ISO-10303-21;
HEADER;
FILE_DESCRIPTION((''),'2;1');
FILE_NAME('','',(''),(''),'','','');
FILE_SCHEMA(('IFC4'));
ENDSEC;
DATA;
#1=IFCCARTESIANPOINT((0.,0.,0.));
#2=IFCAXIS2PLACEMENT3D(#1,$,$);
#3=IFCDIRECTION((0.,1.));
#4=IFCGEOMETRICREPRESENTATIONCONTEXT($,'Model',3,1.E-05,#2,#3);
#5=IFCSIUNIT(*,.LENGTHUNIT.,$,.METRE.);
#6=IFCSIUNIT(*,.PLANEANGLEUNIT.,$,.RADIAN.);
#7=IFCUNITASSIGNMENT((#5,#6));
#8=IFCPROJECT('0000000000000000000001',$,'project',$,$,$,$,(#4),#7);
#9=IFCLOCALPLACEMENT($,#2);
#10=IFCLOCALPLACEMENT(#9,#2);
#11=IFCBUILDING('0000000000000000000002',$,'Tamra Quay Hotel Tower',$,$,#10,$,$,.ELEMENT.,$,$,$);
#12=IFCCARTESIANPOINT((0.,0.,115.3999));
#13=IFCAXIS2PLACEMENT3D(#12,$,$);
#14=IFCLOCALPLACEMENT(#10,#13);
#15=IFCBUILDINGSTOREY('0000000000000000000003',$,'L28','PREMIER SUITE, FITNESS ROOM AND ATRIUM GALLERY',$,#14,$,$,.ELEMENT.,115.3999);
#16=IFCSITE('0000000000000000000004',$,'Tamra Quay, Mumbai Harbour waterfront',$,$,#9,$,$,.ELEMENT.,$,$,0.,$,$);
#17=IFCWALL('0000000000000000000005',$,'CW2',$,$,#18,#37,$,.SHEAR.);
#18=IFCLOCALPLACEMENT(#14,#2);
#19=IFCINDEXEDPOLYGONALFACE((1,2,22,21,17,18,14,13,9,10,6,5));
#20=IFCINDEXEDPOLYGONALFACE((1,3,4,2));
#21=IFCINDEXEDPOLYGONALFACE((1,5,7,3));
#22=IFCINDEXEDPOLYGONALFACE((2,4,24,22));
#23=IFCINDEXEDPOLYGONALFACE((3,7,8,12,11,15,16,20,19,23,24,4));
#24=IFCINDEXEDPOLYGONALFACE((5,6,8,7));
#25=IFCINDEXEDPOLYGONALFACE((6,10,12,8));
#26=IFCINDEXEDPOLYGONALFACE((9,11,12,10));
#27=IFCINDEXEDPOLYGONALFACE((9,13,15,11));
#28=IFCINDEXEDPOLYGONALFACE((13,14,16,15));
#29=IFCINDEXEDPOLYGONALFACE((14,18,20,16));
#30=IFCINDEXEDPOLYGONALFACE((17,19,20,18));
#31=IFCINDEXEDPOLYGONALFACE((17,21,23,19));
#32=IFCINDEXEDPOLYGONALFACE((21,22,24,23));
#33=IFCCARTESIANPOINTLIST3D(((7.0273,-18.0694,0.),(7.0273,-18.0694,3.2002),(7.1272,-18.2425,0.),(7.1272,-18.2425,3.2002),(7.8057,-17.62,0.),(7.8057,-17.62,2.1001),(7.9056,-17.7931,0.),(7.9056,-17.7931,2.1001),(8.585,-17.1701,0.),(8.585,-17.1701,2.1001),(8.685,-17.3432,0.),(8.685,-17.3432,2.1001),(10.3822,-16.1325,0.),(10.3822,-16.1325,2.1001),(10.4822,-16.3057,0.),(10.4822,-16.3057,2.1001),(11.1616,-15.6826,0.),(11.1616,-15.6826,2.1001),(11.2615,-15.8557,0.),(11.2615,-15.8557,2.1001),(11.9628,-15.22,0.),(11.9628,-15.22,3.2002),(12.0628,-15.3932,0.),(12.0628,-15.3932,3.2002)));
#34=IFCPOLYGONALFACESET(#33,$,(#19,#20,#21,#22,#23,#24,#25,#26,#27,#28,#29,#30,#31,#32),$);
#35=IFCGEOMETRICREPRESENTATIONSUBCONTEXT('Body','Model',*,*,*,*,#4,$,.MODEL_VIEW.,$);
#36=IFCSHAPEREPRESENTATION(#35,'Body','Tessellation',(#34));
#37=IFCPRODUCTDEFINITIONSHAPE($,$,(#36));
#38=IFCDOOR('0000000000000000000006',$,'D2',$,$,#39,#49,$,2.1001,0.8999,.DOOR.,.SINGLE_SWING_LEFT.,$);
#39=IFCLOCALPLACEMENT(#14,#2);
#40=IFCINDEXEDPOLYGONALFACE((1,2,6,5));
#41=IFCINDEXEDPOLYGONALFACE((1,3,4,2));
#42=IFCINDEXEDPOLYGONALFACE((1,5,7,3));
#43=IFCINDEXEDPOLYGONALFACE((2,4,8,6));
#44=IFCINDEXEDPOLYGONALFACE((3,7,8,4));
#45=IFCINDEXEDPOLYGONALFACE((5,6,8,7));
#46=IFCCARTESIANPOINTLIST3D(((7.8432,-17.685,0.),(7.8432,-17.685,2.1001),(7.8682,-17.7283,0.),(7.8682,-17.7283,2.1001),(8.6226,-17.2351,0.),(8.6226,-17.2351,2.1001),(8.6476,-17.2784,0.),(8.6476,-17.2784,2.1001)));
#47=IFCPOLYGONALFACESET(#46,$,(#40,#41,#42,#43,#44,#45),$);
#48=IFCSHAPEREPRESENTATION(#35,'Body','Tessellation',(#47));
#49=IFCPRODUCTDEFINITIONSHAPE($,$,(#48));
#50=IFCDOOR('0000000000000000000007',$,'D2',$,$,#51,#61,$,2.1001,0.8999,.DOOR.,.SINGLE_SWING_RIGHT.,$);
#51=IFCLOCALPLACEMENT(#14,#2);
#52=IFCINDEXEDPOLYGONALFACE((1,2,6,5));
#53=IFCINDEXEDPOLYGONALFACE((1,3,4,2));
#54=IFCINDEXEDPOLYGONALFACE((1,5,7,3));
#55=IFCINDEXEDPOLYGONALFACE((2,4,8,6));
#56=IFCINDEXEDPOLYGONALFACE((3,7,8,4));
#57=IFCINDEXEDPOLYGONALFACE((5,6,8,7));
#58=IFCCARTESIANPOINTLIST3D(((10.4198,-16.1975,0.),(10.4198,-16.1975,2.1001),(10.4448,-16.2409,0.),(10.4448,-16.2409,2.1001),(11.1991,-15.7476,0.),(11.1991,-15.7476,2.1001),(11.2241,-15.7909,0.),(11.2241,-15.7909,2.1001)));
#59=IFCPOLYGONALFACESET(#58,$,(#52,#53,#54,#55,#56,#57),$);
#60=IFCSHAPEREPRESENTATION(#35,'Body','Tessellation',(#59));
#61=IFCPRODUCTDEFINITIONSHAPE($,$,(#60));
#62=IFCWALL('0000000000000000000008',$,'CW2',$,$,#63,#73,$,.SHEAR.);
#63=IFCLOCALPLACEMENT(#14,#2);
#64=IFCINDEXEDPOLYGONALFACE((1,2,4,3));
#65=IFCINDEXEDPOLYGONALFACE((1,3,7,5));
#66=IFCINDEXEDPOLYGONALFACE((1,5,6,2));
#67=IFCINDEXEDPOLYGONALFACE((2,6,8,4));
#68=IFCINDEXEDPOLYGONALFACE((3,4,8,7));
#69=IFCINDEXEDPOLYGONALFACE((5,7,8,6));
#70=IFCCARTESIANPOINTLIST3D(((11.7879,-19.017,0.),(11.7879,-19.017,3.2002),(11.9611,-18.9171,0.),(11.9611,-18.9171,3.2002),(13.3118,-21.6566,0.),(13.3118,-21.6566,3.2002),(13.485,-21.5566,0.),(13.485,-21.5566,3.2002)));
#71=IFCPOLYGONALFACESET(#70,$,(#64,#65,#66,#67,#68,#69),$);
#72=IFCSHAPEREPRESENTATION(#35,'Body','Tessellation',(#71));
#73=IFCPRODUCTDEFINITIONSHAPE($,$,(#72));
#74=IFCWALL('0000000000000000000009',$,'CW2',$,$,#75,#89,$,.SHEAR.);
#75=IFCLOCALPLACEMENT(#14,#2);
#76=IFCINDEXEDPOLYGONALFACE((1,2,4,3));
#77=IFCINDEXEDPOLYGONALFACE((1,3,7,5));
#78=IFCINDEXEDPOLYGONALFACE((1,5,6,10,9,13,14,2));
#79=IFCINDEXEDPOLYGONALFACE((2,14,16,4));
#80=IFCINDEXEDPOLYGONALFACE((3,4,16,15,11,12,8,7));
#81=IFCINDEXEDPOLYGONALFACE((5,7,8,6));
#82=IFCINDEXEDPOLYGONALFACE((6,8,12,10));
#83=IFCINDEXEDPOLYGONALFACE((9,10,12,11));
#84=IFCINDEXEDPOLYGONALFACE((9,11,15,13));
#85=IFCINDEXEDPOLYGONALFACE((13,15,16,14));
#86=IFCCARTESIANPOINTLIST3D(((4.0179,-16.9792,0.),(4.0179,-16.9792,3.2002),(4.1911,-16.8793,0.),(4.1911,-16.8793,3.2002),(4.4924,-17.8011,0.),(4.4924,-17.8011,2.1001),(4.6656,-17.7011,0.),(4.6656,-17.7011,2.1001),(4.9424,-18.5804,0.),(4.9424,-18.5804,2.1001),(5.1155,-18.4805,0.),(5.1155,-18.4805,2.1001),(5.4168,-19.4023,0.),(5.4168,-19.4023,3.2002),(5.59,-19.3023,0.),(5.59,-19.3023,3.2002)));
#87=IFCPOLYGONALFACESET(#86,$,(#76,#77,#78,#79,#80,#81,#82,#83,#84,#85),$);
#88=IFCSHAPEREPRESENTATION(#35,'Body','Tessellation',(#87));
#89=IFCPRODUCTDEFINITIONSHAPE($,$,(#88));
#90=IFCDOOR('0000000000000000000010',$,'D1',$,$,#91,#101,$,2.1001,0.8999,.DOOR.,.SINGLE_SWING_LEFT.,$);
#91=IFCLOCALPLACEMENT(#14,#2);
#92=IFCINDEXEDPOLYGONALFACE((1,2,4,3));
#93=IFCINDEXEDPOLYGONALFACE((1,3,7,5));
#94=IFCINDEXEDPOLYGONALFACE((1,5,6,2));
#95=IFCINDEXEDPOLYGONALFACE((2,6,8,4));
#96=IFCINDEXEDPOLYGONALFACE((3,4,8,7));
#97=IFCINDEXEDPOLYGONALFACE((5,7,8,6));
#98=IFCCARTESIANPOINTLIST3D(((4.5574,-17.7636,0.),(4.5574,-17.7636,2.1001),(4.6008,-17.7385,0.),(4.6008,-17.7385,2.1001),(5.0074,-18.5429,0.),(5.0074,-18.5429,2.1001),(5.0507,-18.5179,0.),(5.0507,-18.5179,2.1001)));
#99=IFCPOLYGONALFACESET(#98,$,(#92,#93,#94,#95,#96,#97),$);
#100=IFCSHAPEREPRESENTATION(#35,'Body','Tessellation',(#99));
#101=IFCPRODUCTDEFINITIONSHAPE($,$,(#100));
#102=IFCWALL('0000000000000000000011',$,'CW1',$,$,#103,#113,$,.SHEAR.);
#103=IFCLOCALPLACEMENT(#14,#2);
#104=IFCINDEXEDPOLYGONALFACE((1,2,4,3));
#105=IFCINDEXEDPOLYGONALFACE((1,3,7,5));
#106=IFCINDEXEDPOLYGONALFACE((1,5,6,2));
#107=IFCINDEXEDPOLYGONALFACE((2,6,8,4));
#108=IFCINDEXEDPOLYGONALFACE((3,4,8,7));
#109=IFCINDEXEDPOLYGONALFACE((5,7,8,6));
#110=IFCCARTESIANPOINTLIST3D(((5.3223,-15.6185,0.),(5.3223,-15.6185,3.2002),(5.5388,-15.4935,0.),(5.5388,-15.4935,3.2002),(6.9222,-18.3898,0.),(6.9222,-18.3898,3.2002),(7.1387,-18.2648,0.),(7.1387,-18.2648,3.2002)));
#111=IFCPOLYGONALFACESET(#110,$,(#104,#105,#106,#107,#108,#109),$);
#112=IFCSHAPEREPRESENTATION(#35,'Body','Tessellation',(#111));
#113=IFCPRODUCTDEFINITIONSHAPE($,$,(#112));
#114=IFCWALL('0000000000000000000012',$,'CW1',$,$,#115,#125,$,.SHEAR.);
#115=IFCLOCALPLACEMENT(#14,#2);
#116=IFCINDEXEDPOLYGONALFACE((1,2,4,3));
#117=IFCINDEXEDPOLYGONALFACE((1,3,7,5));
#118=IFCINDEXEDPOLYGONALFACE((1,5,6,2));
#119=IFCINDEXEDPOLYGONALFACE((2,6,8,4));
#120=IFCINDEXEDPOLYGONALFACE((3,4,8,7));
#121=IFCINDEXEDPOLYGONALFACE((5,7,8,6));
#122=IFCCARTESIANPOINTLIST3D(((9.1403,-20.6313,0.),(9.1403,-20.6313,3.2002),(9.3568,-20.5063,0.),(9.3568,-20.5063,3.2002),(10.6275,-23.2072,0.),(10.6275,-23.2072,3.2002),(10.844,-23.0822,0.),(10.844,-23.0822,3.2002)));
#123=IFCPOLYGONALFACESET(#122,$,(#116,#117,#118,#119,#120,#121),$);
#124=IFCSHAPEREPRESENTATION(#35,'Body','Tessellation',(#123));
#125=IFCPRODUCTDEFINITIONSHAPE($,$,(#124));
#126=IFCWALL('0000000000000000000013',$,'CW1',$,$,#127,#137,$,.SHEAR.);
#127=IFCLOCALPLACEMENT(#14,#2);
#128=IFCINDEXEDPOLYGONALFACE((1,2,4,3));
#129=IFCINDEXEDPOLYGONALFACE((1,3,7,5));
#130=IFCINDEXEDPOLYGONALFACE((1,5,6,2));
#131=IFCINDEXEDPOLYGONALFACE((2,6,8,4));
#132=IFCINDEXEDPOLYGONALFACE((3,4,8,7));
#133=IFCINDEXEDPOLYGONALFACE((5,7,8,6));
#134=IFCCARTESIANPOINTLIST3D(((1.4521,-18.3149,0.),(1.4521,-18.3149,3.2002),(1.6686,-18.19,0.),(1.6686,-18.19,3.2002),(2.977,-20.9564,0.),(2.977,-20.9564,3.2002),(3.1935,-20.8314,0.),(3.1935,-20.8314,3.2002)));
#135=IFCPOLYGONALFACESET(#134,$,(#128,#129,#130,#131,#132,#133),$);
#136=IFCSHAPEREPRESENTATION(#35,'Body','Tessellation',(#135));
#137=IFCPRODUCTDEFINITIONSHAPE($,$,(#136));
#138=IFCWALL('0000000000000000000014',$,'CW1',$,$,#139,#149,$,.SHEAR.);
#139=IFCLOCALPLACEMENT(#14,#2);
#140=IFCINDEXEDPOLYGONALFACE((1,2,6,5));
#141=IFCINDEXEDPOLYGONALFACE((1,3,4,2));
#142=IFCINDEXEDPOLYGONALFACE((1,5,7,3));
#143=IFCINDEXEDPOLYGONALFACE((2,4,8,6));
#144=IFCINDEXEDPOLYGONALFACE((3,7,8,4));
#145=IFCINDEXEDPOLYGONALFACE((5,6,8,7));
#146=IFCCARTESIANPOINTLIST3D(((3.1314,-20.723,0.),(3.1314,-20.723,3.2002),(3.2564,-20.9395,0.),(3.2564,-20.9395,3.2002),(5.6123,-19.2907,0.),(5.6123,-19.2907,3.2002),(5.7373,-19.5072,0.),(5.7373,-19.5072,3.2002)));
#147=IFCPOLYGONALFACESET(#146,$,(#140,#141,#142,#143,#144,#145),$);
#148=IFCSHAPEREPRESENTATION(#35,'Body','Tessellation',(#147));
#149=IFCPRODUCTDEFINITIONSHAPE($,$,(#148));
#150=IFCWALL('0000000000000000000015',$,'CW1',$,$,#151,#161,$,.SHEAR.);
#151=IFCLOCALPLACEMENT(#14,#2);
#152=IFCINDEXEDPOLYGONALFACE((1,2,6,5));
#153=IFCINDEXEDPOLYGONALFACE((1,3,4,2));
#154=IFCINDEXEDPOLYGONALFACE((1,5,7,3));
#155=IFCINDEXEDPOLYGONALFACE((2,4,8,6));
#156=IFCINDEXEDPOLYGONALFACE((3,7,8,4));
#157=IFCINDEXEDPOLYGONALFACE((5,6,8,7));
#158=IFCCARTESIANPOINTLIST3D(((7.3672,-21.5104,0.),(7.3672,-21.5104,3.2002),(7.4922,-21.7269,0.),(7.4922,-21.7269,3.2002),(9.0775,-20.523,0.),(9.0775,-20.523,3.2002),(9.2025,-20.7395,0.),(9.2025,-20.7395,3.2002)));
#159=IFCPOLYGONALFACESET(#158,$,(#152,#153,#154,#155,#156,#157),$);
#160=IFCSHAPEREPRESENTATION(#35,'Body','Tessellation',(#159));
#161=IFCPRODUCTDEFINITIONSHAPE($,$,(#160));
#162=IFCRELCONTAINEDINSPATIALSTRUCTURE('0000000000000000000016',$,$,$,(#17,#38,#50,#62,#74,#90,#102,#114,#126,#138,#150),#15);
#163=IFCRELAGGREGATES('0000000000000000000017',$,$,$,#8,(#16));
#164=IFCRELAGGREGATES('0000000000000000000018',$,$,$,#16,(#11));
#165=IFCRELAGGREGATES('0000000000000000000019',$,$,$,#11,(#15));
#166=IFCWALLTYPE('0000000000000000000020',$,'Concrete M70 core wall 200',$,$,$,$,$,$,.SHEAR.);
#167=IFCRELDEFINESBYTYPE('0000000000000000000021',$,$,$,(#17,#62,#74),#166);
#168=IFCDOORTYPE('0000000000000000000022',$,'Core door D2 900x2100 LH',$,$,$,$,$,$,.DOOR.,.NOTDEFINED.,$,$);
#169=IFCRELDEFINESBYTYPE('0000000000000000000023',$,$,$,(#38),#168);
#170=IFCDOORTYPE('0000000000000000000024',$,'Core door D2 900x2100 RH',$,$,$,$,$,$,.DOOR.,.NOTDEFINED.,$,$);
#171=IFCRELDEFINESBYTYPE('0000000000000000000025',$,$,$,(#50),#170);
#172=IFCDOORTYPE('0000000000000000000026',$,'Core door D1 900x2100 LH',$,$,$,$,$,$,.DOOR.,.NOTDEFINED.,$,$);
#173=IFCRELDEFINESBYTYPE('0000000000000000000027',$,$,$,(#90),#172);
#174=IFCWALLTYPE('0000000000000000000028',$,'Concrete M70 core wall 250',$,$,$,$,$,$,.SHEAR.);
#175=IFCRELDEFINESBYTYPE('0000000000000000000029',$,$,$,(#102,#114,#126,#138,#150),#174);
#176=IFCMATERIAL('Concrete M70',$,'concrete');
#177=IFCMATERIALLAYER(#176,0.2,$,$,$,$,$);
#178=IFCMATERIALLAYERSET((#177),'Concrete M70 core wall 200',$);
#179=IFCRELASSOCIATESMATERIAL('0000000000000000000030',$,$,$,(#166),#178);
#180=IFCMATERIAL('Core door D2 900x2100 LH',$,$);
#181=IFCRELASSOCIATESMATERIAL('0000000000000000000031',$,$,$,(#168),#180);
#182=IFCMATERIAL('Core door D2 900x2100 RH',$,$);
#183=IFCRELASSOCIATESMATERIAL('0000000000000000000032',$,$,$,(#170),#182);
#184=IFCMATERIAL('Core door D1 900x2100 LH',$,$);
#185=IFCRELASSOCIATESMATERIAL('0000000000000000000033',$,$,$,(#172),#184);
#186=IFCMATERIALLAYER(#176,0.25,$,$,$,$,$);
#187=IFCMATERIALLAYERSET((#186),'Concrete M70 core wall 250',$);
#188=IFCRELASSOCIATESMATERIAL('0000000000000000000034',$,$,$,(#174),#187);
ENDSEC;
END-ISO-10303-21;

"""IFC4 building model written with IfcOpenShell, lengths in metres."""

from ifc_helpers import new_model, si_unit, direction, frame, frame_2d, origin, place, context, subcontext, project, spatial, rectangle, extrude, material, layer, layer_set, type_object, element, fill, save


model = new_model("IFC4")

# Units and contexts
model_context = context("Model", 3, precision=1e-05, world=origin(), true_north=direction((0.0, 1.0)))
body_context = subcontext(model_context, "Body", "Model", "MODEL_VIEW")
ifc_project = project(units=[si_unit("LENGTHUNIT", "METRE"), si_unit("PLANEANGLEUNIT", "RADIAN")], contexts=[model_context])

# Site, building, storey
site_placement = place(None, origin())
site = spatial("IfcSite", under=ifc_project, at=site_placement, Name="Tamra Quay, Mumbai Harbour waterfront", CompositionType="ELEMENT", RefElevation=0.0)
building_placement = place(site_placement, origin())
building = spatial("IfcBuilding", under=site, at=building_placement, Name="Tamra Quay Hotel Tower", CompositionType="ELEMENT")
storey_placement = place(building_placement, frame((0.0, 0.0, 115.3999)))
storey = spatial("IfcBuildingStorey", under=building, at=storey_placement, Name="L28", Description="PREMIER SUITE, FITNESS ROOM AND ATRIUM GALLERY", CompositionType="ELEMENT", Elevation=115.3999)

# Shared definitions
ifc_material_1 = material(Name="Concrete M70", Category="concrete")

# Wall, openings, doors
ifc_layer_1 = layer(ifc_material_1, 0.2)
ifc_layer_set_1 = layer_set([ifc_layer_1], Name="Concrete M70 core wall 200")
wall_type_1 = type_object("IfcWallType", Name="Concrete M70 core wall 200", PredefinedType="SHEAR", material=ifc_layer_set_1)
wall_1_placement = place(storey_placement, frame((7.0771, -18.156, 0.0), z_axis=(0.0, 0.0, 1.0), x_axis=(0.866039, 0.499977, 0.0)))
wall_1 = element("IfcWall", 1, at=wall_1_placement, inside=storey, type_object=wall_type_1, Name="CW2", PredefinedType="SHEAR", context=body_context, shape_type="SweptSolid", body=[
    extrude(rectangle(XDim=5.699, YDim=0.2, at=frame_2d((2.8496, 0.0))), origin(), (0.0, 0.0, 1.0), 3.2002),
])
opening_1_placement = place(wall_1_placement, frame((0.8989, 0.0, 0.0)))
opening_1 = element("IfcOpeningElement", 2, at=opening_1_placement, cuts=wall_1, PredefinedType="OPENING", context=body_context, shape_type="SweptSolid", body=[
    extrude(rectangle(XDim=0.8999, YDim=2.1001, at=frame_2d((0.45, 1.05))), frame((0.0, 0.1099, 0.0), z_axis=(0.0, -1.0, 0.0), x_axis=(1.0, 0.0, 0.0)), (0.0, 0.0, 1.0), 0.22),
])
opening_2_placement = place(wall_1_placement, frame((3.874, 0.0, 0.0)))
opening_2 = element("IfcOpeningElement", 3, at=opening_2_placement, cuts=wall_1, PredefinedType="OPENING", context=body_context, shape_type="SweptSolid", body=[
    extrude(rectangle(XDim=0.8999, YDim=2.1001, at=frame_2d((0.45, 1.05))), frame((0.0, 0.1099, 0.0), z_axis=(0.0, -1.0, 0.0), x_axis=(1.0, 0.0, 0.0)), (0.0, 0.0, 1.0), 0.22),
])
ifc_material_2 = material(Name="Core door D2 900x2100 LH")
door_type_1 = type_object("IfcDoorType", Name="Core door D2 900x2100 LH", OperationType="NOTDEFINED", PredefinedType="DOOR", material=ifc_material_2)
door_1_placement = place(opening_1_placement, origin())
door_1 = element("IfcDoor", 4, at=door_1_placement, inside=storey, type_object=door_type_1, Name="D2", OperationType="SINGLE_SWING_LEFT", OverallHeight=2.1001, OverallWidth=0.8999, PredefinedType="DOOR", context=body_context, shape_type="SweptSolid", body=[
    extrude(rectangle(XDim=0.8999, YDim=2.1001, at=frame_2d((0.45, 1.05))), frame((0.0, 0.0249, 0.0), z_axis=(0.0, -1.0, 0.0), x_axis=(1.0, 0.0, 0.0)), (0.0, 0.0, 1.0), 0.05),
])
fill(opening_1, door_1)
ifc_material_3 = material(Name="Core door D2 900x2100 RH")
door_type_2 = type_object("IfcDoorType", Name="Core door D2 900x2100 RH", OperationType="NOTDEFINED", PredefinedType="DOOR", material=ifc_material_3)
door_2_placement = place(opening_2_placement, origin())
door_2 = element("IfcDoor", 5, at=door_2_placement, inside=storey, type_object=door_type_2, Name="D2", OperationType="SINGLE_SWING_RIGHT", OverallHeight=2.1001, OverallWidth=0.8999, PredefinedType="DOOR", context=body_context, shape_type="SweptSolid", body=[
    extrude(rectangle(XDim=0.8999, YDim=2.1001, at=frame_2d((0.45, 1.05))), frame((0.0, 0.0249, 0.0), z_axis=(0.0, -1.0, 0.0), x_axis=(1.0, 0.0, 0.0)), (0.0, 0.0, 1.0), 0.05),
])
fill(opening_2, door_2)

# Wall
wall_2_placement = place(storey_placement, frame((11.8745, -18.967, 0.0), z_axis=(0.0, 0.0, 1.0), x_axis=(0.499981, -0.866036, 0.0)))
element("IfcWall", 6, at=wall_2_placement, inside=storey, type_object=wall_type_1, Name="CW2", PredefinedType="SHEAR", context=body_context, shape_type="SweptSolid", body=[
    extrude(rectangle(XDim=3.0479, YDim=0.2, at=frame_2d((1.5239, 0.0))), origin(), (0.0, 0.0, 1.0), 3.2002),
])

# Wall, opening, door
wall_3_placement = place(storey_placement, frame((5.5034, -19.3523, 0.0), z_axis=(0.0, 0.0, 1.0), x_axis=(-0.499987, 0.866033, 0.0)))
wall_3 = element("IfcWall", 7, at=wall_3_placement, inside=storey, type_object=wall_type_1, Name="CW2", PredefinedType="SHEAR", context=body_context, shape_type="SweptSolid", body=[
    extrude(rectangle(XDim=2.7979, YDim=0.2, at=frame_2d((1.3989, 0.0))), origin(), (0.0, 0.0, 1.0), 3.2002),
])
opening_3_placement = place(wall_3_placement, frame((0.949, 0.0, 0.0)))
opening_3 = element("IfcOpeningElement", 8, at=opening_3_placement, cuts=wall_3, PredefinedType="OPENING", context=body_context, shape_type="SweptSolid", body=[
    extrude(rectangle(XDim=0.8999, YDim=2.1001, at=frame_2d((0.45, 1.05))), frame((0.0, 0.1099, 0.0), z_axis=(0.0, -1.0, 0.0), x_axis=(1.0, 0.0, 0.0)), (0.0, 0.0, 1.0), 0.22),
])
ifc_material_4 = material(Name="Core door D1 900x2100 LH")
door_type_3 = type_object("IfcDoorType", Name="Core door D1 900x2100 LH", OperationType="NOTDEFINED", PredefinedType="DOOR", material=ifc_material_4)
door_3_placement = place(opening_3_placement, origin())
door_3 = element("IfcDoor", 9, at=door_3_placement, inside=storey, type_object=door_type_3, Name="D1", OperationType="SINGLE_SWING_LEFT", OverallHeight=2.1001, OverallWidth=0.8999, PredefinedType="DOOR", context=body_context, shape_type="SweptSolid", body=[
    extrude(rectangle(XDim=0.8999, YDim=2.1001, at=frame_2d((0.45, 1.05))), frame((0.0, 0.0249, 0.0), z_axis=(0.0, -1.0, 0.0), x_axis=(1.0, 0.0, 0.0)), (0.0, 0.0, 1.0), 0.05),
])
fill(opening_3, door_3)

# Walls
ifc_layer_2 = layer(ifc_material_1, 0.25)
ifc_layer_set_2 = layer_set([ifc_layer_2], Name="Concrete M70 core wall 250")
wall_type_2 = type_object("IfcWallType", Name="Concrete M70 core wall 250", PredefinedType="SHEAR", material=ifc_layer_set_2)
wall_4_placement = place(storey_placement, frame((7.0305, -18.3274, 0.0), z_axis=(0.0, 0.0, 1.0), x_axis=(-0.499971, 0.866042, 0.0)))
element("IfcWall", 10, at=wall_4_placement, inside=storey, type_object=wall_type_2, Name="CW1", PredefinedType="SHEAR", context=body_context, shape_type="SweptSolid", body=[
    extrude(rectangle(XDim=3.2, YDim=0.25, at=frame_2d((1.6001, 0.0))), origin(), (0.0, 0.0, 1.0), 3.2002),
])
wall_5_placement = place(storey_placement, frame((10.7358, -23.1448, 0.0), z_axis=(0.0, 0.0, 1.0), x_axis=(-0.500023, 0.866012, 0.0)))
element("IfcWall", 11, at=wall_5_placement, inside=storey, type_object=wall_type_2, Name="CW1", PredefinedType="SHEAR", context=body_context, shape_type="SweptSolid", body=[
    extrude(rectangle(XDim=2.9744, YDim=0.25, at=frame_2d((1.4873, 0.0))), origin(), (0.0, 0.0, 1.0), 3.2002),
])
wall_6_placement = place(storey_placement, frame((3.0852, -20.8938, 0.0), z_axis=(0.0, 0.0, 1.0), x_axis=(-0.499979, 0.866038, 0.0)))
element("IfcWall", 12, at=wall_6_placement, inside=storey, type_object=wall_type_2, Name="CW1", PredefinedType="SHEAR", context=body_context, shape_type="SweptSolid", body=[
    extrude(rectangle(XDim=3.05, YDim=0.25, at=frame_2d((1.5249, 0.0))), origin(), (0.0, 0.0, 1.0), 3.2002),
])
wall_7_placement = place(storey_placement, frame((5.6748, -19.3989, 0.0), z_axis=(0.0, 0.0, 1.0), x_axis=(-0.866027, -0.499998, 0.0)))
element("IfcWall", 13, at=wall_7_placement, inside=storey, type_object=wall_type_2, Name="CW1", PredefinedType="SHEAR", context=body_context, shape_type="SweptSolid", body=[
    extrude(rectangle(XDim=2.8647, YDim=0.25, at=frame_2d((1.4324, 0.0))), origin(), (0.0, 0.0, 1.0), 3.2002),
])
wall_8_placement = place(storey_placement, frame((9.1399, -20.6313, 0.0), z_axis=(0.0, 0.0, 1.0), x_axis=(-0.866044, -0.499969, 0.0)))
element("IfcWall", 14, at=wall_8_placement, inside=storey, type_object=wall_type_2, Name="CW1", PredefinedType="SHEAR", context=body_context, shape_type="SweptSolid", body=[
    extrude(rectangle(XDim=1.9749, YDim=0.25, at=frame_2d((0.9873, 0.0))), origin(), (0.0, 0.0, 1.0), 3.2002),
])

save(model, "model.ifc")
